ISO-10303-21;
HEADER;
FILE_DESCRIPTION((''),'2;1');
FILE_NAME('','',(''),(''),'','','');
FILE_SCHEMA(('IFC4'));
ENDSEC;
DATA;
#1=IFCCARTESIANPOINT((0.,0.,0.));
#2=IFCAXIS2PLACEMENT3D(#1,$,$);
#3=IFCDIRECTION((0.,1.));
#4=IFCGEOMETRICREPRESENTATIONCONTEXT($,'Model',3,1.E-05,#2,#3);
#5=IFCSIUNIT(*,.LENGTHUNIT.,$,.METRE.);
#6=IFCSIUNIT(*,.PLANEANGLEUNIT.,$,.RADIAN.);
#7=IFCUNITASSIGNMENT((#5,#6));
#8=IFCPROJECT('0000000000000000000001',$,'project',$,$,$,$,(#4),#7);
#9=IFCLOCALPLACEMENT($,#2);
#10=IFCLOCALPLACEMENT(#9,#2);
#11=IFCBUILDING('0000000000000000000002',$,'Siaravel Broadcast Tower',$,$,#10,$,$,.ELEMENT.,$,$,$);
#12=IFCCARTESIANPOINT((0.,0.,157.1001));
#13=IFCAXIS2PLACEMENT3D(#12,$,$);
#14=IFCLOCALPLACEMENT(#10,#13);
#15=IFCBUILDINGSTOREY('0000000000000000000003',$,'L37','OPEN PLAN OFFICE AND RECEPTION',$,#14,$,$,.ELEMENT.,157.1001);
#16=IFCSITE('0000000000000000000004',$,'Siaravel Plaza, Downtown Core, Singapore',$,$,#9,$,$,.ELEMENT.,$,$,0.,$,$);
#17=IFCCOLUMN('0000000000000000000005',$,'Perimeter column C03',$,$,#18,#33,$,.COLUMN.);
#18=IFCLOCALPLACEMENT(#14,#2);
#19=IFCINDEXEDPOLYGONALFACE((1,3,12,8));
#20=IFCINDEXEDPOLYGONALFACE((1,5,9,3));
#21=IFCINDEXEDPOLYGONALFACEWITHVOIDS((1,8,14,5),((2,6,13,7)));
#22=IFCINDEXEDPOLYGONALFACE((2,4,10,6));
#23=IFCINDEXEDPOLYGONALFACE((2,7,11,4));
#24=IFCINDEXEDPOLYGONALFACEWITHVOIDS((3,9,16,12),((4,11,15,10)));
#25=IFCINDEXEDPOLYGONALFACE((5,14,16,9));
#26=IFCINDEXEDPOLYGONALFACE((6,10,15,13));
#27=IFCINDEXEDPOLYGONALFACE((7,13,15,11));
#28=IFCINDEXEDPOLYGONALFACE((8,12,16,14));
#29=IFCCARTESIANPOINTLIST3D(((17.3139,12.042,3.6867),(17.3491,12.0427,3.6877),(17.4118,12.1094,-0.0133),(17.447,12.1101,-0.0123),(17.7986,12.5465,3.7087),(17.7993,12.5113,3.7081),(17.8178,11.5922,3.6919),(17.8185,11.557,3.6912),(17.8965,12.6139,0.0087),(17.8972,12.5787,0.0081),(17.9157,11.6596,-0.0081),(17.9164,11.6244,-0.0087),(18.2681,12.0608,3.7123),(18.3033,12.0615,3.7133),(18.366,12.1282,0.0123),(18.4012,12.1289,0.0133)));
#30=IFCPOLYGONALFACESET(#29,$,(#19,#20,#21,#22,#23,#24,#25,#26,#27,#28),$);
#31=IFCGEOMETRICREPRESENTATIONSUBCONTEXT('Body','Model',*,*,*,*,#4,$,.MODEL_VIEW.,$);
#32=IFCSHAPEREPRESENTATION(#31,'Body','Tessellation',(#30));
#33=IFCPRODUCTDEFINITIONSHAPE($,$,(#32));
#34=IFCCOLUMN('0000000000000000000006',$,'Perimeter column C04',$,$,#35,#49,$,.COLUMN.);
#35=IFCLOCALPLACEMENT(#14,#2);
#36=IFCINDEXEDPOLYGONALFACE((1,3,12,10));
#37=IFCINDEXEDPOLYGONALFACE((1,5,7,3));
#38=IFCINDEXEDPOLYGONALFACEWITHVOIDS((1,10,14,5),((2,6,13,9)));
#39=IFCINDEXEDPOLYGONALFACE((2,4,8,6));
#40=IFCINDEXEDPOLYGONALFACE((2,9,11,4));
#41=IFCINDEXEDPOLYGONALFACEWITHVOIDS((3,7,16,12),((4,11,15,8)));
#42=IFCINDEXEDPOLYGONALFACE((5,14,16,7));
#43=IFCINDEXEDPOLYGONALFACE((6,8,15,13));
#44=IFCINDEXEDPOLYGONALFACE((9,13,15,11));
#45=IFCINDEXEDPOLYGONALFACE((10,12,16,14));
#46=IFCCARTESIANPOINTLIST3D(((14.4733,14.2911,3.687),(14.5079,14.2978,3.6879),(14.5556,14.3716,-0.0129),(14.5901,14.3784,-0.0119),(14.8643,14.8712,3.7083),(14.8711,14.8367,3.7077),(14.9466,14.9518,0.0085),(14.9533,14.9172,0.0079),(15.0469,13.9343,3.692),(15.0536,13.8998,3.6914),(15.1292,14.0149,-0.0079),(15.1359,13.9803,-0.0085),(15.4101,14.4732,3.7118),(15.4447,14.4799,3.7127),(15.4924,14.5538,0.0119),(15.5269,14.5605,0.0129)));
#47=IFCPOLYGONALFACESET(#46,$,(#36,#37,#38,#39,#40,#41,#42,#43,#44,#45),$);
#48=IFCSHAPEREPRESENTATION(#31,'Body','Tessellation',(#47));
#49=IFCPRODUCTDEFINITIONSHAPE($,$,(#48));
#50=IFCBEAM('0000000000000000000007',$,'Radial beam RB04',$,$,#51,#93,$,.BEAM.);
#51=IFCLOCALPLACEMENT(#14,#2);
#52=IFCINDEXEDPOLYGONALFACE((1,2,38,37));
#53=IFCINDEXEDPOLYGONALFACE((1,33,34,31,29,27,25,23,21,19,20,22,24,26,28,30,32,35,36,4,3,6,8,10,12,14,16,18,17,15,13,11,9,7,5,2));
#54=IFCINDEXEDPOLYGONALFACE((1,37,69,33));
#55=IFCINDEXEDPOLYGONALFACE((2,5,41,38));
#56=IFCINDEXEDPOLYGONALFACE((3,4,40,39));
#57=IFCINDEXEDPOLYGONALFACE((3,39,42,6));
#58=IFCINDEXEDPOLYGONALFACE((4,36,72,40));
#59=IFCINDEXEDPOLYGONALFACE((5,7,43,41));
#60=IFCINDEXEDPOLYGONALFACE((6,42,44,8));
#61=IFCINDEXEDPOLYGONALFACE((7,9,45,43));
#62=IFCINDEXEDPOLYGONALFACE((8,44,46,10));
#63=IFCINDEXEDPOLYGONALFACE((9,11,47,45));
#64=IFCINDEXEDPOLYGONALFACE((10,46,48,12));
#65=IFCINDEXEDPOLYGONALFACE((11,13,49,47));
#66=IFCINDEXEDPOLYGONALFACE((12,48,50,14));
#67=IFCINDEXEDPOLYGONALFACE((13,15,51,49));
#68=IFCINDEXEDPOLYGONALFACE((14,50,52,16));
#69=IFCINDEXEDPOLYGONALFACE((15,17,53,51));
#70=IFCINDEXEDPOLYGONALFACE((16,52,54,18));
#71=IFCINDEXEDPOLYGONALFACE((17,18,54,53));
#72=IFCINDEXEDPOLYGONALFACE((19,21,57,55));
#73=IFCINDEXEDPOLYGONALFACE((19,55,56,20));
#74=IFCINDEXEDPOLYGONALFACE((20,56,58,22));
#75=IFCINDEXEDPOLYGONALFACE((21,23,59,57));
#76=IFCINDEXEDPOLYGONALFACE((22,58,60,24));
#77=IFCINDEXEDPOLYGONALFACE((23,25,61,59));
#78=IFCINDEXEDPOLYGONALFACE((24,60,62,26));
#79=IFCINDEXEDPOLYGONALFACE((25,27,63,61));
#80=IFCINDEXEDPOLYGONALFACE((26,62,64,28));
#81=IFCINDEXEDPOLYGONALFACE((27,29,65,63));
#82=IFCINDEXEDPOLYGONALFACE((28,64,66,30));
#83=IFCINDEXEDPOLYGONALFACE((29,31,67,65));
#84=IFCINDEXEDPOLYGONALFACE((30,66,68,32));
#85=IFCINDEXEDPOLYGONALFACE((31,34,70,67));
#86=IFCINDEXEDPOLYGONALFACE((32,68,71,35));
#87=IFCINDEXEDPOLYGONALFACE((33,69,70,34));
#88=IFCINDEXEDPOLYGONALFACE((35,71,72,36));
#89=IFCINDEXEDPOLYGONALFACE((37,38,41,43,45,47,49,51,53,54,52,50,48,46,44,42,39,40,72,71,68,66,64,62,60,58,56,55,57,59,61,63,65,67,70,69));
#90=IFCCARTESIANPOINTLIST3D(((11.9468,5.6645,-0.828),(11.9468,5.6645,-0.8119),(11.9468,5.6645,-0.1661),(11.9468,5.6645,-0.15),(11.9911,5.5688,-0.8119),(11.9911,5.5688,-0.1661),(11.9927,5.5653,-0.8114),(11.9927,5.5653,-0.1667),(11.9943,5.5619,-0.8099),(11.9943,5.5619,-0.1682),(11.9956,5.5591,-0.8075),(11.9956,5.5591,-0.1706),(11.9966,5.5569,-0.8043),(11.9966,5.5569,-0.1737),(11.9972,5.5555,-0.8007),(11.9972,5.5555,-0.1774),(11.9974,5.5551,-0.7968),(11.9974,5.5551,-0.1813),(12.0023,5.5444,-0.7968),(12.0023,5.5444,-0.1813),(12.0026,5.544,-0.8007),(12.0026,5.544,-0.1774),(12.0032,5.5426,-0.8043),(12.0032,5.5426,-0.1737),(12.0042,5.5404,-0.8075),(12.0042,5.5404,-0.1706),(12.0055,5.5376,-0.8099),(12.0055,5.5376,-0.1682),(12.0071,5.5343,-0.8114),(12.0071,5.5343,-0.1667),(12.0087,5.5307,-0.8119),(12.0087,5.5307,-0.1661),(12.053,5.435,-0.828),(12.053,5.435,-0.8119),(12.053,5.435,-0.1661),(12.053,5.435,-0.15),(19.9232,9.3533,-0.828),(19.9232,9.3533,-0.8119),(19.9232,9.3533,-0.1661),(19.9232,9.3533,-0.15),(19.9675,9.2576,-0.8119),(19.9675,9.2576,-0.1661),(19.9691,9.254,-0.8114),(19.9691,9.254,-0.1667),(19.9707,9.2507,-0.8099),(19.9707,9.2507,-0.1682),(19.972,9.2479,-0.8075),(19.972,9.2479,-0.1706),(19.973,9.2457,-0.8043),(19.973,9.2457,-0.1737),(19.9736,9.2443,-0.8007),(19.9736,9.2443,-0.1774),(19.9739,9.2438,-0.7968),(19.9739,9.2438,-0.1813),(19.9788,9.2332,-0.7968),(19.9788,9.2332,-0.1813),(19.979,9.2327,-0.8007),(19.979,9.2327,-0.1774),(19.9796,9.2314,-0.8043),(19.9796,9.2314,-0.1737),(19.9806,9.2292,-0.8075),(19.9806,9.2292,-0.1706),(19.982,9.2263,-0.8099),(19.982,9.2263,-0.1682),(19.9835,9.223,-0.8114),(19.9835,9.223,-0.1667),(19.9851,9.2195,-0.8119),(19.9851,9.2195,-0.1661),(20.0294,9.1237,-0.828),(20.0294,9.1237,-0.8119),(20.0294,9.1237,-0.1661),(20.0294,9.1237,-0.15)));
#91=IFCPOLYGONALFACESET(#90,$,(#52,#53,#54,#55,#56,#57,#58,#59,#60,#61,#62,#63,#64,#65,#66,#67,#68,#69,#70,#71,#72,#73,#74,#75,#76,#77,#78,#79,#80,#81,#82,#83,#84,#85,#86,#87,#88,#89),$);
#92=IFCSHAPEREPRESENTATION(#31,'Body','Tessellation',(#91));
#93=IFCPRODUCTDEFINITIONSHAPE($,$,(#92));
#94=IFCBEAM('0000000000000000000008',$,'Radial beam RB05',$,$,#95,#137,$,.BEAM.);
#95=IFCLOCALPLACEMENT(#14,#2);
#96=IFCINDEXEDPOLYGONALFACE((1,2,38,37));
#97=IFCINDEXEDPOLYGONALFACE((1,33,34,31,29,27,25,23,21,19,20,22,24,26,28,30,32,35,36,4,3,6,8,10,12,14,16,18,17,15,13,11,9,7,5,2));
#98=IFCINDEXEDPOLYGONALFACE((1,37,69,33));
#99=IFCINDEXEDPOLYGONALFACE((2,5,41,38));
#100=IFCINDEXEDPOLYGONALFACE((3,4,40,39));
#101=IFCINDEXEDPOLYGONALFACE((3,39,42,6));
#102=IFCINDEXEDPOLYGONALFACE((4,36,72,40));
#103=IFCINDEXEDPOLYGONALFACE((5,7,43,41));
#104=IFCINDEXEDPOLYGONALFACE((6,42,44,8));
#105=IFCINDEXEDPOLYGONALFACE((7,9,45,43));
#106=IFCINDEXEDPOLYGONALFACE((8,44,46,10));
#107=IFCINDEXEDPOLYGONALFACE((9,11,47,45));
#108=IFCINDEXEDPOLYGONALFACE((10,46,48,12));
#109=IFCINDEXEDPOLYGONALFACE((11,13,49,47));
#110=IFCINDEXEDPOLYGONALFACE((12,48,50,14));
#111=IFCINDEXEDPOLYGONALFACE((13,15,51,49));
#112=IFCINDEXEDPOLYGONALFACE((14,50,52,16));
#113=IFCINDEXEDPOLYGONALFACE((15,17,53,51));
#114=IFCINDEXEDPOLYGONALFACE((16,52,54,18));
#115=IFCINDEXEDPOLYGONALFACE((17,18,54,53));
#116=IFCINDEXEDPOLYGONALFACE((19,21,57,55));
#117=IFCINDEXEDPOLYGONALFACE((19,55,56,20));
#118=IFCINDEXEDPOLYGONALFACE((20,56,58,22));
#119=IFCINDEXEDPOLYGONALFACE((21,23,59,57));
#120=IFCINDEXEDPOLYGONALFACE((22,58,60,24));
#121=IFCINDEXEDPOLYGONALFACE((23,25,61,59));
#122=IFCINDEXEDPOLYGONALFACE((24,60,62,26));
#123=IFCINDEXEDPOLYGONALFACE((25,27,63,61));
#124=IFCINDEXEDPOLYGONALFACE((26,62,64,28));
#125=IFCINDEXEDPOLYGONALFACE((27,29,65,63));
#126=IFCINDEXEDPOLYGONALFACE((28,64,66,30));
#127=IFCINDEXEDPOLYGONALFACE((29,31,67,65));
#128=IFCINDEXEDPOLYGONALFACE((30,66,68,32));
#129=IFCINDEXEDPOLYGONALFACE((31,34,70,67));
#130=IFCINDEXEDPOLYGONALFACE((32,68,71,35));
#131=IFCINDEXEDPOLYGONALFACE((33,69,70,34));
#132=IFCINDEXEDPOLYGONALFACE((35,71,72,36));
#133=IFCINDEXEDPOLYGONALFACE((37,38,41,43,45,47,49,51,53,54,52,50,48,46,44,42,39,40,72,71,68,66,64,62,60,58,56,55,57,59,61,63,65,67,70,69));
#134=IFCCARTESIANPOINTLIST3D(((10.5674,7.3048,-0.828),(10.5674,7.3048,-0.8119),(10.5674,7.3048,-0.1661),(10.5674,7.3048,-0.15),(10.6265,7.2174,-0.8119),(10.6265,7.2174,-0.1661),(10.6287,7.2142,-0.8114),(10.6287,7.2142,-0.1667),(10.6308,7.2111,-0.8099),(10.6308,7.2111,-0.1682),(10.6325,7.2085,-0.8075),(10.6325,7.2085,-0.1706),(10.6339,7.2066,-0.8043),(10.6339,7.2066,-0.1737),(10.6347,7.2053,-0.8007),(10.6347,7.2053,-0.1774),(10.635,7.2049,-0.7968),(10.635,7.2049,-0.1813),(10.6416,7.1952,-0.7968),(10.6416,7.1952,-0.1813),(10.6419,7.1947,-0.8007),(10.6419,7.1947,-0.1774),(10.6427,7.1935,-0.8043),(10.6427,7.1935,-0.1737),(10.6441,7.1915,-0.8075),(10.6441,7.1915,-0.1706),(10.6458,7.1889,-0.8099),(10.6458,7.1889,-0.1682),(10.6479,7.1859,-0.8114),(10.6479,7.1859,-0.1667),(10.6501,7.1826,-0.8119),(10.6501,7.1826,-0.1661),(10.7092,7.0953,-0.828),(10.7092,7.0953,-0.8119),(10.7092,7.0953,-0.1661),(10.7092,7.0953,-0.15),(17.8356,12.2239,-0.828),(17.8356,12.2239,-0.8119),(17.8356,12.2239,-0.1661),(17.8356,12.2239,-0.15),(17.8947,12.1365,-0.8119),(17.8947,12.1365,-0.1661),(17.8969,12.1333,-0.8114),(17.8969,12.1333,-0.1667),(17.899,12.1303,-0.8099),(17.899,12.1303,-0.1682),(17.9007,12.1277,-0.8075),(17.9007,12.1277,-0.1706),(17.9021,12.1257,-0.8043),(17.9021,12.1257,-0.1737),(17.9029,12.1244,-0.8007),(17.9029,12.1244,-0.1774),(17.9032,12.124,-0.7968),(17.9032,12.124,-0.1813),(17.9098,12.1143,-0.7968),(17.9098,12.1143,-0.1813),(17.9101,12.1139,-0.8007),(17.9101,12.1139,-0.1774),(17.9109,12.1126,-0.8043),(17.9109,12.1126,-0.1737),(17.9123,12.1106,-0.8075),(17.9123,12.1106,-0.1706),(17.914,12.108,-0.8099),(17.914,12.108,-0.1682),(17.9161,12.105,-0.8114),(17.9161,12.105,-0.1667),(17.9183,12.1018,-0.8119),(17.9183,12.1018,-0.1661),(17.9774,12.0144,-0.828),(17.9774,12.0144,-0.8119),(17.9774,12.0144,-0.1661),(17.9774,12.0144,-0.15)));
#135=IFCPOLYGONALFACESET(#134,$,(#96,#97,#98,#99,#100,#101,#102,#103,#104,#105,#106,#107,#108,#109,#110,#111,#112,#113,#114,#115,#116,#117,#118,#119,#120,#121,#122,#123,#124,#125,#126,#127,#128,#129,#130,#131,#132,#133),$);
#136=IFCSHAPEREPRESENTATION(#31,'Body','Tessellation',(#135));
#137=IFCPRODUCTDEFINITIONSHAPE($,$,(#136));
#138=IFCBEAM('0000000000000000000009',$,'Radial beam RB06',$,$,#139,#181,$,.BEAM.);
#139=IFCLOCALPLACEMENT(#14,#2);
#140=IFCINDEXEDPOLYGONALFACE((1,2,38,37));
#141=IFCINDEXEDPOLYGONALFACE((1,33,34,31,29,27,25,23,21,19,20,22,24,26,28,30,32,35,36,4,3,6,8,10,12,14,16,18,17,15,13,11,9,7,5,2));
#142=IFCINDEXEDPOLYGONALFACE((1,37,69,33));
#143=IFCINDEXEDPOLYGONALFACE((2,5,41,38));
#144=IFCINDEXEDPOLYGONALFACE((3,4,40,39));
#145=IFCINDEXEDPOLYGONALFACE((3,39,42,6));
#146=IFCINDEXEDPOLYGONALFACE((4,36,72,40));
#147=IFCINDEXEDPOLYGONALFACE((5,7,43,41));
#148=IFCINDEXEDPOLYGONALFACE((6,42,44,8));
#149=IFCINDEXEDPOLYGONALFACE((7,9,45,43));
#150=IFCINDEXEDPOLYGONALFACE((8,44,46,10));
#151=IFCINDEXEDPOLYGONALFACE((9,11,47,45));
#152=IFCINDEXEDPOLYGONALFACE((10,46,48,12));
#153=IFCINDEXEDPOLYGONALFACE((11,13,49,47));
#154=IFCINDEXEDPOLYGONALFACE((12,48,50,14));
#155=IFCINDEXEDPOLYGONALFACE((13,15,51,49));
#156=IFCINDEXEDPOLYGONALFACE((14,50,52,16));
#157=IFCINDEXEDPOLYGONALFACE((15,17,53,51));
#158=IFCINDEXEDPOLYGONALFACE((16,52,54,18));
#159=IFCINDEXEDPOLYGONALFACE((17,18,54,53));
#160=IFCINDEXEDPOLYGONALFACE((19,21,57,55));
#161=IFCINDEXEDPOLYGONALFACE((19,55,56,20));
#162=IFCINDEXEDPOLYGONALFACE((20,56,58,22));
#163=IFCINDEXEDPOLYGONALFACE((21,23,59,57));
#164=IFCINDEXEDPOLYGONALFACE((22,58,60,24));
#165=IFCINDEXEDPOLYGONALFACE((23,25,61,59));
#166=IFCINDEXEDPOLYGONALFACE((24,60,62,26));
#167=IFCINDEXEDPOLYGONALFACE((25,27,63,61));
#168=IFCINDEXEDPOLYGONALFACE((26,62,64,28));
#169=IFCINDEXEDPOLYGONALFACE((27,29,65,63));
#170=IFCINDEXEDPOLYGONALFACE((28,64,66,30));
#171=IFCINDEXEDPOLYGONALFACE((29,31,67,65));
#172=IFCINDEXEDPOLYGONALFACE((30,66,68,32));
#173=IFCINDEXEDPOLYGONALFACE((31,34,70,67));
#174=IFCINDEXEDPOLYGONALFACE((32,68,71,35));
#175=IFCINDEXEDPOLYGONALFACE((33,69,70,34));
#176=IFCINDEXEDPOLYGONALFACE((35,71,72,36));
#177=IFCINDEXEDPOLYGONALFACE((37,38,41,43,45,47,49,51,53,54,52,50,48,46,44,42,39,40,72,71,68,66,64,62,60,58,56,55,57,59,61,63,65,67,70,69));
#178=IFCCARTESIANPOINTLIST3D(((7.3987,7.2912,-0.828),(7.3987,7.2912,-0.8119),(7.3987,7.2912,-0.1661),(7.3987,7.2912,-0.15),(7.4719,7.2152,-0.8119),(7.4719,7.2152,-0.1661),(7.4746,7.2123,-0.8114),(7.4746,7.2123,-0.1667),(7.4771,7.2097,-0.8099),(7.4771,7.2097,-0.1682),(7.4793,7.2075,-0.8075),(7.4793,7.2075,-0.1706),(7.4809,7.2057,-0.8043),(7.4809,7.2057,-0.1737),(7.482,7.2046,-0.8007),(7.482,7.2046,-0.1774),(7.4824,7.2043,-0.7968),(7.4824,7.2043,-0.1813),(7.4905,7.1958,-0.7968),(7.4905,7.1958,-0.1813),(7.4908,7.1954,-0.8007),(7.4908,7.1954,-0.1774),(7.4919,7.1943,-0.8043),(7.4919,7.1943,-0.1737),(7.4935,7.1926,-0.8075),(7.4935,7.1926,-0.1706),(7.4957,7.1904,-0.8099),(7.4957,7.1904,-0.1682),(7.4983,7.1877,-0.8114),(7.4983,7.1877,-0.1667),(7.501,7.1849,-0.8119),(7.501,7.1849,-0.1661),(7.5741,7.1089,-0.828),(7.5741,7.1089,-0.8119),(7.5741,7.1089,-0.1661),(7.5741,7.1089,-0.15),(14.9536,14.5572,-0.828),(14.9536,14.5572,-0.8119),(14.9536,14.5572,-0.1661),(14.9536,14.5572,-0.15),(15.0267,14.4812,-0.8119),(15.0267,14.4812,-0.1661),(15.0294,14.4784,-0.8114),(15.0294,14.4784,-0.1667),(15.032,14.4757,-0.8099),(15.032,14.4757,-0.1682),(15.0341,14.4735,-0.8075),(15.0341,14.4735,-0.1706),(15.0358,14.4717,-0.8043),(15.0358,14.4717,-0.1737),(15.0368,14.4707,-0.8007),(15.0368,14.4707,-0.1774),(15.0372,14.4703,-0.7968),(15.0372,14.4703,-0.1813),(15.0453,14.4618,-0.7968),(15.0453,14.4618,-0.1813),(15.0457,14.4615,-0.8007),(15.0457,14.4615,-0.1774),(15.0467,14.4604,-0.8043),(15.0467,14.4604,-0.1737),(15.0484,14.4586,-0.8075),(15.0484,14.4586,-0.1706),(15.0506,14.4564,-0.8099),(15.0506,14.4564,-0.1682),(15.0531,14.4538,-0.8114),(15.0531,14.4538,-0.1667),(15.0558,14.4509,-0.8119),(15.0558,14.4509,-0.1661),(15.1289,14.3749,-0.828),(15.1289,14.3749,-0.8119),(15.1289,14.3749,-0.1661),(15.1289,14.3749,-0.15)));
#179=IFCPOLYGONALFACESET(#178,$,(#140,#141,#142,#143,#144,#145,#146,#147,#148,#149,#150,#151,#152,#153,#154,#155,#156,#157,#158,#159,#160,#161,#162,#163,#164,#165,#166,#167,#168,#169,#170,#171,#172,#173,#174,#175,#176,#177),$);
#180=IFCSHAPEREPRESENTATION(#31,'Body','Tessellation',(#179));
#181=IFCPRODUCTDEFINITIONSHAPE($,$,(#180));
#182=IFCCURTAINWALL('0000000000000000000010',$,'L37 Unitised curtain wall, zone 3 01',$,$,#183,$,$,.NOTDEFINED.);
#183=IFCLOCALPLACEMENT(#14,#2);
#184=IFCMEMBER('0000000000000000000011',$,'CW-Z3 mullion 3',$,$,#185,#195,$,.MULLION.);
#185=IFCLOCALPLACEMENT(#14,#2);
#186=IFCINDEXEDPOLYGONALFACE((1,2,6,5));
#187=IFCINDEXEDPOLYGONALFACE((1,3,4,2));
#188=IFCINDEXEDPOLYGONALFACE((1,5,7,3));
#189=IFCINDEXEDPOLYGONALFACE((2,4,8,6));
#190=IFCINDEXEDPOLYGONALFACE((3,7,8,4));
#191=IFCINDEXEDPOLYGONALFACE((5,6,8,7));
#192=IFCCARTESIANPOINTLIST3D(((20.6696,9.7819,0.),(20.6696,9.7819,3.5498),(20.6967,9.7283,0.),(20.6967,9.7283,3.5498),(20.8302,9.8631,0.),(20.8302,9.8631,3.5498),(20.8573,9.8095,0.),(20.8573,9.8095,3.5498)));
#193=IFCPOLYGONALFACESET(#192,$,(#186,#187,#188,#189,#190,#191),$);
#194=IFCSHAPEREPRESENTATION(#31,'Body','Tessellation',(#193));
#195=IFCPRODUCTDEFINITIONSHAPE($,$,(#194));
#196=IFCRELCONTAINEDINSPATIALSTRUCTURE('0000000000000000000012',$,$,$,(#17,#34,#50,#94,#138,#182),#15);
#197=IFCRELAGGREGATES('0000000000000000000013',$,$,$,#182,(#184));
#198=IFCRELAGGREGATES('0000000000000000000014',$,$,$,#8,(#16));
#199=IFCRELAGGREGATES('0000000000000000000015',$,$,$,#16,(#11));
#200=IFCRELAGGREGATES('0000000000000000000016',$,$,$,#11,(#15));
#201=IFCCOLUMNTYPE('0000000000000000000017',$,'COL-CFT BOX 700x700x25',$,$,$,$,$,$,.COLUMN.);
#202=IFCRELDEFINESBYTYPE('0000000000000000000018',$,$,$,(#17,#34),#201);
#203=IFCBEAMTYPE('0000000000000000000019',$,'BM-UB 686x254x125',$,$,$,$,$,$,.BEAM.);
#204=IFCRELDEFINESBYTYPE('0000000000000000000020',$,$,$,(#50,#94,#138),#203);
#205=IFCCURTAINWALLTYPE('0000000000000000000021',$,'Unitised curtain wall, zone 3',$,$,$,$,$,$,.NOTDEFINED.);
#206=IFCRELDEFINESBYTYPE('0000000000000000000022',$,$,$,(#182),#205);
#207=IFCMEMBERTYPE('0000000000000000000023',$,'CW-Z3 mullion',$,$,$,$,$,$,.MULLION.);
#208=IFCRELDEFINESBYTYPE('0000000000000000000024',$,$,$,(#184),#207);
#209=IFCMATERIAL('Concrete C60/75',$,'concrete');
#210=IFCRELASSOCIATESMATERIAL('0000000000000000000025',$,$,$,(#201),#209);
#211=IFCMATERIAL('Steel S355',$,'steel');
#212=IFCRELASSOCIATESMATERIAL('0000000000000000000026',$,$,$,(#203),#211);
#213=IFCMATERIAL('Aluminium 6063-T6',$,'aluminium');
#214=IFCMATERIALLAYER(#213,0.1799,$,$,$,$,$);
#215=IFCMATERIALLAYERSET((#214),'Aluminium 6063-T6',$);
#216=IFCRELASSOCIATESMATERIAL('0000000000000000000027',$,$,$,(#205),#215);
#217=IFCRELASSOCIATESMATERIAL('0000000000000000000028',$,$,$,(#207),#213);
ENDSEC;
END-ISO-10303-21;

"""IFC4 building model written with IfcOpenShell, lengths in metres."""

from ifc_helpers import new_model, si_unit, direction, frame, origin, origin_2d, place, context, subcontext, project, spatial, rectangle, hollow_rectangle, i_section, extrude, material, layer, layer_set, material_profile, profile_set, type_object, element, aggregate, save


model = new_model("IFC4")

# Units and contexts
model_context = context("Model", 3, precision=1e-05, world=origin(), true_north=direction((0.0, 1.0)))
body_context = subcontext(model_context, "Body", "Model", "MODEL_VIEW")
ifc_project = project(units=[si_unit("LENGTHUNIT", "METRE"), si_unit("PLANEANGLEUNIT", "RADIAN")], contexts=[model_context])

# Site, building, storey
site_placement = place(None, origin())
site = spatial("IfcSite", under=ifc_project, at=site_placement, Name="Siaravel Plaza, Downtown Core, Singapore", CompositionType="ELEMENT", RefElevation=0.0)
building_placement = place(site_placement, origin())
building = spatial("IfcBuilding", under=site, at=building_placement, Name="Siaravel Broadcast Tower", CompositionType="ELEMENT")
storey_placement = place(building_placement, frame((0.0, 0.0, 157.1001)))
storey = spatial("IfcBuildingStorey", under=building, at=storey_placement, Name="L37", Description="OPEN PLAN OFFICE AND RECEPTION", CompositionType="ELEMENT", Elevation=157.1001)

# Columns
ifc_material_1 = material(Name="Concrete C60/75", Category="concrete")
ifc_material_profile_1 = material_profile(ifc_material_1, hollow_rectangle(XDim=0.7, YDim=0.7, WallThickness=0.0249, at=origin_2d()))
ifc_profile_set_1 = profile_set([ifc_material_profile_1], Name="Concrete C60/75")
column_type = type_object("IfcColumnType", Name="COL-CFT BOX 700x700x25", PredefinedType="COLUMN", material=ifc_profile_set_1)
column_1_placement = place(storey_placement, frame((17.9065, 12.1191, 0.0), z_axis=(-0.026446, -0.018202, 0.999484), x_axis=(0.720936, -0.692972, 0.006456)))
element("IfcColumn", 1, at=column_1_placement, inside=storey, type_object=column_type, Name="Perimeter column C03", PredefinedType="COLUMN", context=body_context, shape_type="SweptSolid", body=[
    extrude(hollow_rectangle(XDim=0.7, YDim=0.7, WallThickness=0.0249, at=origin_2d()), origin(), (0.0, 0.0, 1.0), 3.7019),
])
column_2_placement = place(storey_placement, frame((15.0413, 14.4661, 0.0), z_axis=(-0.022226, -0.021764, 0.999516), x_axis=(0.829102, -0.559063, 0.006263)))
element("IfcColumn", 2, at=column_2_placement, inside=storey, type_object=column_type, Name="Perimeter column C04", PredefinedType="COLUMN", context=body_context, shape_type="SweptSolid", body=[
    extrude(hollow_rectangle(XDim=0.7, YDim=0.7, WallThickness=0.0249, at=origin_2d()), origin(), (0.0, 0.0, 1.0), 3.7017),
])

# Beams
ifc_material_2 = material(Name="Steel S355", Category="steel")
ifc_material_profile_2 = material_profile(ifc_material_2, i_section(OverallWidth=0.2529, OverallDepth=0.678, WebThickness=0.0117, FlangeThickness=0.0161, FilletRadius=0.0151, at=origin_2d()))
ifc_profile_set_2 = profile_set([ifc_material_profile_2], Name="Steel S355")
beam_type = type_object("IfcBeamType", Name="BM-UB 686x254x125", PredefinedType="BEAM", material=ifc_profile_set_2)
beam_1_placement = place(storey_placement, frame((19.9763, 9.2385, -0.489), z_axis=(-0.907641, -0.419747, 0.0), x_axis=(0.419747, -0.907641, 0.0)))
element("IfcBeam", 3, at=beam_1_placement, inside=storey, type_object=beam_type, Name="Radial beam RB04", PredefinedType="BEAM", context=body_context, shape_type="SweptSolid", body=[
    extrude(i_section(OverallWidth=0.2529, OverallDepth=0.678, WebThickness=0.0117, FlangeThickness=0.0161, FilletRadius=0.0151, at=origin_2d()), origin(), (0.0, 0.0, 1.0), 8.7881),
])
beam_2_placement = place(storey_placement, frame((17.9065, 12.1191, -0.489), z_axis=(-0.828157, -0.560496, 0.0), x_axis=(0.560496, -0.828157, 0.0)))
element("IfcBeam", 4, at=beam_2_placement, inside=storey, type_object=beam_type, Name="Radial beam RB05", PredefinedType="BEAM", context=body_context, shape_type="SweptSolid", body=[
    extrude(i_section(OverallWidth=0.2529, OverallDepth=0.678, WebThickness=0.0117, FlangeThickness=0.0161, FilletRadius=0.0151, at=origin_2d()), origin(), (0.0, 0.0, 1.0), 8.7764),
])
beam_3_placement = place(storey_placement, frame((15.0413, 14.4661, -0.489), z_axis=(-0.720749, -0.693196, 0.0), x_axis=(0.693196, -0.720749, 0.0)))
element("IfcBeam", 5, at=beam_3_placement, inside=storey, type_object=beam_type, Name="Radial beam RB06", PredefinedType="BEAM", context=body_context, shape_type="SweptSolid", body=[
    extrude(i_section(OverallWidth=0.2529, OverallDepth=0.678, WebThickness=0.0117, FlangeThickness=0.0161, FilletRadius=0.0151, at=origin_2d()), origin(), (0.0, 0.0, 1.0), 10.4819),
])

# Curtain wall, member
ifc_material_3 = material(Name="Aluminium 6063-T6", Category="aluminium")
ifc_layer_1 = layer(ifc_material_3, 0.1799)
ifc_layer_set_1 = layer_set([ifc_layer_1], Name="Aluminium 6063-T6")
curtain_wall_type = type_object("IfcCurtainWallType", Name="Unitised curtain wall, zone 3", PredefinedType="NOTDEFINED", material=ifc_layer_set_1)
curtain_wall_1_placement = place(storey_placement, origin())
curtain_wall_1 = element("IfcCurtainWall", 6, at=curtain_wall_1_placement, inside=storey, type_object=curtain_wall_type, Name="L37 Unitised curtain wall, zone 3 01", PredefinedType="NOTDEFINED")
ifc_material_profile_3 = material_profile(ifc_material_3, rectangle(XDim=0.1799, YDim=0.0601, at=origin_2d()))
ifc_profile_set_3 = profile_set([ifc_material_profile_3], Name="Aluminium 6063-T6")
member_type_1 = type_object("IfcMemberType", Name="CW-Z3 mullion", PredefinedType="MULLION", material=ifc_profile_set_3)
member_1_placement = place(storey_placement, frame((20.7634, 9.7957, 0.0), z_axis=(0.0, 0.0, 1.0), x_axis=(-0.892393, -0.45126, 0.0)))
member_1 = element("IfcMember", 7, at=member_1_placement, type_object=member_type_1, Name="CW-Z3 mullion 3", PredefinedType="MULLION", context=body_context, shape_type="SweptSolid", body=[
    extrude(rectangle(XDim=0.1799, YDim=0.0601, at=origin_2d()), origin(), (0.0, 0.0, 1.0), 3.5498),
])
aggregate(curtain_wall_1, [member_1])

save(model, "model.ifc")
